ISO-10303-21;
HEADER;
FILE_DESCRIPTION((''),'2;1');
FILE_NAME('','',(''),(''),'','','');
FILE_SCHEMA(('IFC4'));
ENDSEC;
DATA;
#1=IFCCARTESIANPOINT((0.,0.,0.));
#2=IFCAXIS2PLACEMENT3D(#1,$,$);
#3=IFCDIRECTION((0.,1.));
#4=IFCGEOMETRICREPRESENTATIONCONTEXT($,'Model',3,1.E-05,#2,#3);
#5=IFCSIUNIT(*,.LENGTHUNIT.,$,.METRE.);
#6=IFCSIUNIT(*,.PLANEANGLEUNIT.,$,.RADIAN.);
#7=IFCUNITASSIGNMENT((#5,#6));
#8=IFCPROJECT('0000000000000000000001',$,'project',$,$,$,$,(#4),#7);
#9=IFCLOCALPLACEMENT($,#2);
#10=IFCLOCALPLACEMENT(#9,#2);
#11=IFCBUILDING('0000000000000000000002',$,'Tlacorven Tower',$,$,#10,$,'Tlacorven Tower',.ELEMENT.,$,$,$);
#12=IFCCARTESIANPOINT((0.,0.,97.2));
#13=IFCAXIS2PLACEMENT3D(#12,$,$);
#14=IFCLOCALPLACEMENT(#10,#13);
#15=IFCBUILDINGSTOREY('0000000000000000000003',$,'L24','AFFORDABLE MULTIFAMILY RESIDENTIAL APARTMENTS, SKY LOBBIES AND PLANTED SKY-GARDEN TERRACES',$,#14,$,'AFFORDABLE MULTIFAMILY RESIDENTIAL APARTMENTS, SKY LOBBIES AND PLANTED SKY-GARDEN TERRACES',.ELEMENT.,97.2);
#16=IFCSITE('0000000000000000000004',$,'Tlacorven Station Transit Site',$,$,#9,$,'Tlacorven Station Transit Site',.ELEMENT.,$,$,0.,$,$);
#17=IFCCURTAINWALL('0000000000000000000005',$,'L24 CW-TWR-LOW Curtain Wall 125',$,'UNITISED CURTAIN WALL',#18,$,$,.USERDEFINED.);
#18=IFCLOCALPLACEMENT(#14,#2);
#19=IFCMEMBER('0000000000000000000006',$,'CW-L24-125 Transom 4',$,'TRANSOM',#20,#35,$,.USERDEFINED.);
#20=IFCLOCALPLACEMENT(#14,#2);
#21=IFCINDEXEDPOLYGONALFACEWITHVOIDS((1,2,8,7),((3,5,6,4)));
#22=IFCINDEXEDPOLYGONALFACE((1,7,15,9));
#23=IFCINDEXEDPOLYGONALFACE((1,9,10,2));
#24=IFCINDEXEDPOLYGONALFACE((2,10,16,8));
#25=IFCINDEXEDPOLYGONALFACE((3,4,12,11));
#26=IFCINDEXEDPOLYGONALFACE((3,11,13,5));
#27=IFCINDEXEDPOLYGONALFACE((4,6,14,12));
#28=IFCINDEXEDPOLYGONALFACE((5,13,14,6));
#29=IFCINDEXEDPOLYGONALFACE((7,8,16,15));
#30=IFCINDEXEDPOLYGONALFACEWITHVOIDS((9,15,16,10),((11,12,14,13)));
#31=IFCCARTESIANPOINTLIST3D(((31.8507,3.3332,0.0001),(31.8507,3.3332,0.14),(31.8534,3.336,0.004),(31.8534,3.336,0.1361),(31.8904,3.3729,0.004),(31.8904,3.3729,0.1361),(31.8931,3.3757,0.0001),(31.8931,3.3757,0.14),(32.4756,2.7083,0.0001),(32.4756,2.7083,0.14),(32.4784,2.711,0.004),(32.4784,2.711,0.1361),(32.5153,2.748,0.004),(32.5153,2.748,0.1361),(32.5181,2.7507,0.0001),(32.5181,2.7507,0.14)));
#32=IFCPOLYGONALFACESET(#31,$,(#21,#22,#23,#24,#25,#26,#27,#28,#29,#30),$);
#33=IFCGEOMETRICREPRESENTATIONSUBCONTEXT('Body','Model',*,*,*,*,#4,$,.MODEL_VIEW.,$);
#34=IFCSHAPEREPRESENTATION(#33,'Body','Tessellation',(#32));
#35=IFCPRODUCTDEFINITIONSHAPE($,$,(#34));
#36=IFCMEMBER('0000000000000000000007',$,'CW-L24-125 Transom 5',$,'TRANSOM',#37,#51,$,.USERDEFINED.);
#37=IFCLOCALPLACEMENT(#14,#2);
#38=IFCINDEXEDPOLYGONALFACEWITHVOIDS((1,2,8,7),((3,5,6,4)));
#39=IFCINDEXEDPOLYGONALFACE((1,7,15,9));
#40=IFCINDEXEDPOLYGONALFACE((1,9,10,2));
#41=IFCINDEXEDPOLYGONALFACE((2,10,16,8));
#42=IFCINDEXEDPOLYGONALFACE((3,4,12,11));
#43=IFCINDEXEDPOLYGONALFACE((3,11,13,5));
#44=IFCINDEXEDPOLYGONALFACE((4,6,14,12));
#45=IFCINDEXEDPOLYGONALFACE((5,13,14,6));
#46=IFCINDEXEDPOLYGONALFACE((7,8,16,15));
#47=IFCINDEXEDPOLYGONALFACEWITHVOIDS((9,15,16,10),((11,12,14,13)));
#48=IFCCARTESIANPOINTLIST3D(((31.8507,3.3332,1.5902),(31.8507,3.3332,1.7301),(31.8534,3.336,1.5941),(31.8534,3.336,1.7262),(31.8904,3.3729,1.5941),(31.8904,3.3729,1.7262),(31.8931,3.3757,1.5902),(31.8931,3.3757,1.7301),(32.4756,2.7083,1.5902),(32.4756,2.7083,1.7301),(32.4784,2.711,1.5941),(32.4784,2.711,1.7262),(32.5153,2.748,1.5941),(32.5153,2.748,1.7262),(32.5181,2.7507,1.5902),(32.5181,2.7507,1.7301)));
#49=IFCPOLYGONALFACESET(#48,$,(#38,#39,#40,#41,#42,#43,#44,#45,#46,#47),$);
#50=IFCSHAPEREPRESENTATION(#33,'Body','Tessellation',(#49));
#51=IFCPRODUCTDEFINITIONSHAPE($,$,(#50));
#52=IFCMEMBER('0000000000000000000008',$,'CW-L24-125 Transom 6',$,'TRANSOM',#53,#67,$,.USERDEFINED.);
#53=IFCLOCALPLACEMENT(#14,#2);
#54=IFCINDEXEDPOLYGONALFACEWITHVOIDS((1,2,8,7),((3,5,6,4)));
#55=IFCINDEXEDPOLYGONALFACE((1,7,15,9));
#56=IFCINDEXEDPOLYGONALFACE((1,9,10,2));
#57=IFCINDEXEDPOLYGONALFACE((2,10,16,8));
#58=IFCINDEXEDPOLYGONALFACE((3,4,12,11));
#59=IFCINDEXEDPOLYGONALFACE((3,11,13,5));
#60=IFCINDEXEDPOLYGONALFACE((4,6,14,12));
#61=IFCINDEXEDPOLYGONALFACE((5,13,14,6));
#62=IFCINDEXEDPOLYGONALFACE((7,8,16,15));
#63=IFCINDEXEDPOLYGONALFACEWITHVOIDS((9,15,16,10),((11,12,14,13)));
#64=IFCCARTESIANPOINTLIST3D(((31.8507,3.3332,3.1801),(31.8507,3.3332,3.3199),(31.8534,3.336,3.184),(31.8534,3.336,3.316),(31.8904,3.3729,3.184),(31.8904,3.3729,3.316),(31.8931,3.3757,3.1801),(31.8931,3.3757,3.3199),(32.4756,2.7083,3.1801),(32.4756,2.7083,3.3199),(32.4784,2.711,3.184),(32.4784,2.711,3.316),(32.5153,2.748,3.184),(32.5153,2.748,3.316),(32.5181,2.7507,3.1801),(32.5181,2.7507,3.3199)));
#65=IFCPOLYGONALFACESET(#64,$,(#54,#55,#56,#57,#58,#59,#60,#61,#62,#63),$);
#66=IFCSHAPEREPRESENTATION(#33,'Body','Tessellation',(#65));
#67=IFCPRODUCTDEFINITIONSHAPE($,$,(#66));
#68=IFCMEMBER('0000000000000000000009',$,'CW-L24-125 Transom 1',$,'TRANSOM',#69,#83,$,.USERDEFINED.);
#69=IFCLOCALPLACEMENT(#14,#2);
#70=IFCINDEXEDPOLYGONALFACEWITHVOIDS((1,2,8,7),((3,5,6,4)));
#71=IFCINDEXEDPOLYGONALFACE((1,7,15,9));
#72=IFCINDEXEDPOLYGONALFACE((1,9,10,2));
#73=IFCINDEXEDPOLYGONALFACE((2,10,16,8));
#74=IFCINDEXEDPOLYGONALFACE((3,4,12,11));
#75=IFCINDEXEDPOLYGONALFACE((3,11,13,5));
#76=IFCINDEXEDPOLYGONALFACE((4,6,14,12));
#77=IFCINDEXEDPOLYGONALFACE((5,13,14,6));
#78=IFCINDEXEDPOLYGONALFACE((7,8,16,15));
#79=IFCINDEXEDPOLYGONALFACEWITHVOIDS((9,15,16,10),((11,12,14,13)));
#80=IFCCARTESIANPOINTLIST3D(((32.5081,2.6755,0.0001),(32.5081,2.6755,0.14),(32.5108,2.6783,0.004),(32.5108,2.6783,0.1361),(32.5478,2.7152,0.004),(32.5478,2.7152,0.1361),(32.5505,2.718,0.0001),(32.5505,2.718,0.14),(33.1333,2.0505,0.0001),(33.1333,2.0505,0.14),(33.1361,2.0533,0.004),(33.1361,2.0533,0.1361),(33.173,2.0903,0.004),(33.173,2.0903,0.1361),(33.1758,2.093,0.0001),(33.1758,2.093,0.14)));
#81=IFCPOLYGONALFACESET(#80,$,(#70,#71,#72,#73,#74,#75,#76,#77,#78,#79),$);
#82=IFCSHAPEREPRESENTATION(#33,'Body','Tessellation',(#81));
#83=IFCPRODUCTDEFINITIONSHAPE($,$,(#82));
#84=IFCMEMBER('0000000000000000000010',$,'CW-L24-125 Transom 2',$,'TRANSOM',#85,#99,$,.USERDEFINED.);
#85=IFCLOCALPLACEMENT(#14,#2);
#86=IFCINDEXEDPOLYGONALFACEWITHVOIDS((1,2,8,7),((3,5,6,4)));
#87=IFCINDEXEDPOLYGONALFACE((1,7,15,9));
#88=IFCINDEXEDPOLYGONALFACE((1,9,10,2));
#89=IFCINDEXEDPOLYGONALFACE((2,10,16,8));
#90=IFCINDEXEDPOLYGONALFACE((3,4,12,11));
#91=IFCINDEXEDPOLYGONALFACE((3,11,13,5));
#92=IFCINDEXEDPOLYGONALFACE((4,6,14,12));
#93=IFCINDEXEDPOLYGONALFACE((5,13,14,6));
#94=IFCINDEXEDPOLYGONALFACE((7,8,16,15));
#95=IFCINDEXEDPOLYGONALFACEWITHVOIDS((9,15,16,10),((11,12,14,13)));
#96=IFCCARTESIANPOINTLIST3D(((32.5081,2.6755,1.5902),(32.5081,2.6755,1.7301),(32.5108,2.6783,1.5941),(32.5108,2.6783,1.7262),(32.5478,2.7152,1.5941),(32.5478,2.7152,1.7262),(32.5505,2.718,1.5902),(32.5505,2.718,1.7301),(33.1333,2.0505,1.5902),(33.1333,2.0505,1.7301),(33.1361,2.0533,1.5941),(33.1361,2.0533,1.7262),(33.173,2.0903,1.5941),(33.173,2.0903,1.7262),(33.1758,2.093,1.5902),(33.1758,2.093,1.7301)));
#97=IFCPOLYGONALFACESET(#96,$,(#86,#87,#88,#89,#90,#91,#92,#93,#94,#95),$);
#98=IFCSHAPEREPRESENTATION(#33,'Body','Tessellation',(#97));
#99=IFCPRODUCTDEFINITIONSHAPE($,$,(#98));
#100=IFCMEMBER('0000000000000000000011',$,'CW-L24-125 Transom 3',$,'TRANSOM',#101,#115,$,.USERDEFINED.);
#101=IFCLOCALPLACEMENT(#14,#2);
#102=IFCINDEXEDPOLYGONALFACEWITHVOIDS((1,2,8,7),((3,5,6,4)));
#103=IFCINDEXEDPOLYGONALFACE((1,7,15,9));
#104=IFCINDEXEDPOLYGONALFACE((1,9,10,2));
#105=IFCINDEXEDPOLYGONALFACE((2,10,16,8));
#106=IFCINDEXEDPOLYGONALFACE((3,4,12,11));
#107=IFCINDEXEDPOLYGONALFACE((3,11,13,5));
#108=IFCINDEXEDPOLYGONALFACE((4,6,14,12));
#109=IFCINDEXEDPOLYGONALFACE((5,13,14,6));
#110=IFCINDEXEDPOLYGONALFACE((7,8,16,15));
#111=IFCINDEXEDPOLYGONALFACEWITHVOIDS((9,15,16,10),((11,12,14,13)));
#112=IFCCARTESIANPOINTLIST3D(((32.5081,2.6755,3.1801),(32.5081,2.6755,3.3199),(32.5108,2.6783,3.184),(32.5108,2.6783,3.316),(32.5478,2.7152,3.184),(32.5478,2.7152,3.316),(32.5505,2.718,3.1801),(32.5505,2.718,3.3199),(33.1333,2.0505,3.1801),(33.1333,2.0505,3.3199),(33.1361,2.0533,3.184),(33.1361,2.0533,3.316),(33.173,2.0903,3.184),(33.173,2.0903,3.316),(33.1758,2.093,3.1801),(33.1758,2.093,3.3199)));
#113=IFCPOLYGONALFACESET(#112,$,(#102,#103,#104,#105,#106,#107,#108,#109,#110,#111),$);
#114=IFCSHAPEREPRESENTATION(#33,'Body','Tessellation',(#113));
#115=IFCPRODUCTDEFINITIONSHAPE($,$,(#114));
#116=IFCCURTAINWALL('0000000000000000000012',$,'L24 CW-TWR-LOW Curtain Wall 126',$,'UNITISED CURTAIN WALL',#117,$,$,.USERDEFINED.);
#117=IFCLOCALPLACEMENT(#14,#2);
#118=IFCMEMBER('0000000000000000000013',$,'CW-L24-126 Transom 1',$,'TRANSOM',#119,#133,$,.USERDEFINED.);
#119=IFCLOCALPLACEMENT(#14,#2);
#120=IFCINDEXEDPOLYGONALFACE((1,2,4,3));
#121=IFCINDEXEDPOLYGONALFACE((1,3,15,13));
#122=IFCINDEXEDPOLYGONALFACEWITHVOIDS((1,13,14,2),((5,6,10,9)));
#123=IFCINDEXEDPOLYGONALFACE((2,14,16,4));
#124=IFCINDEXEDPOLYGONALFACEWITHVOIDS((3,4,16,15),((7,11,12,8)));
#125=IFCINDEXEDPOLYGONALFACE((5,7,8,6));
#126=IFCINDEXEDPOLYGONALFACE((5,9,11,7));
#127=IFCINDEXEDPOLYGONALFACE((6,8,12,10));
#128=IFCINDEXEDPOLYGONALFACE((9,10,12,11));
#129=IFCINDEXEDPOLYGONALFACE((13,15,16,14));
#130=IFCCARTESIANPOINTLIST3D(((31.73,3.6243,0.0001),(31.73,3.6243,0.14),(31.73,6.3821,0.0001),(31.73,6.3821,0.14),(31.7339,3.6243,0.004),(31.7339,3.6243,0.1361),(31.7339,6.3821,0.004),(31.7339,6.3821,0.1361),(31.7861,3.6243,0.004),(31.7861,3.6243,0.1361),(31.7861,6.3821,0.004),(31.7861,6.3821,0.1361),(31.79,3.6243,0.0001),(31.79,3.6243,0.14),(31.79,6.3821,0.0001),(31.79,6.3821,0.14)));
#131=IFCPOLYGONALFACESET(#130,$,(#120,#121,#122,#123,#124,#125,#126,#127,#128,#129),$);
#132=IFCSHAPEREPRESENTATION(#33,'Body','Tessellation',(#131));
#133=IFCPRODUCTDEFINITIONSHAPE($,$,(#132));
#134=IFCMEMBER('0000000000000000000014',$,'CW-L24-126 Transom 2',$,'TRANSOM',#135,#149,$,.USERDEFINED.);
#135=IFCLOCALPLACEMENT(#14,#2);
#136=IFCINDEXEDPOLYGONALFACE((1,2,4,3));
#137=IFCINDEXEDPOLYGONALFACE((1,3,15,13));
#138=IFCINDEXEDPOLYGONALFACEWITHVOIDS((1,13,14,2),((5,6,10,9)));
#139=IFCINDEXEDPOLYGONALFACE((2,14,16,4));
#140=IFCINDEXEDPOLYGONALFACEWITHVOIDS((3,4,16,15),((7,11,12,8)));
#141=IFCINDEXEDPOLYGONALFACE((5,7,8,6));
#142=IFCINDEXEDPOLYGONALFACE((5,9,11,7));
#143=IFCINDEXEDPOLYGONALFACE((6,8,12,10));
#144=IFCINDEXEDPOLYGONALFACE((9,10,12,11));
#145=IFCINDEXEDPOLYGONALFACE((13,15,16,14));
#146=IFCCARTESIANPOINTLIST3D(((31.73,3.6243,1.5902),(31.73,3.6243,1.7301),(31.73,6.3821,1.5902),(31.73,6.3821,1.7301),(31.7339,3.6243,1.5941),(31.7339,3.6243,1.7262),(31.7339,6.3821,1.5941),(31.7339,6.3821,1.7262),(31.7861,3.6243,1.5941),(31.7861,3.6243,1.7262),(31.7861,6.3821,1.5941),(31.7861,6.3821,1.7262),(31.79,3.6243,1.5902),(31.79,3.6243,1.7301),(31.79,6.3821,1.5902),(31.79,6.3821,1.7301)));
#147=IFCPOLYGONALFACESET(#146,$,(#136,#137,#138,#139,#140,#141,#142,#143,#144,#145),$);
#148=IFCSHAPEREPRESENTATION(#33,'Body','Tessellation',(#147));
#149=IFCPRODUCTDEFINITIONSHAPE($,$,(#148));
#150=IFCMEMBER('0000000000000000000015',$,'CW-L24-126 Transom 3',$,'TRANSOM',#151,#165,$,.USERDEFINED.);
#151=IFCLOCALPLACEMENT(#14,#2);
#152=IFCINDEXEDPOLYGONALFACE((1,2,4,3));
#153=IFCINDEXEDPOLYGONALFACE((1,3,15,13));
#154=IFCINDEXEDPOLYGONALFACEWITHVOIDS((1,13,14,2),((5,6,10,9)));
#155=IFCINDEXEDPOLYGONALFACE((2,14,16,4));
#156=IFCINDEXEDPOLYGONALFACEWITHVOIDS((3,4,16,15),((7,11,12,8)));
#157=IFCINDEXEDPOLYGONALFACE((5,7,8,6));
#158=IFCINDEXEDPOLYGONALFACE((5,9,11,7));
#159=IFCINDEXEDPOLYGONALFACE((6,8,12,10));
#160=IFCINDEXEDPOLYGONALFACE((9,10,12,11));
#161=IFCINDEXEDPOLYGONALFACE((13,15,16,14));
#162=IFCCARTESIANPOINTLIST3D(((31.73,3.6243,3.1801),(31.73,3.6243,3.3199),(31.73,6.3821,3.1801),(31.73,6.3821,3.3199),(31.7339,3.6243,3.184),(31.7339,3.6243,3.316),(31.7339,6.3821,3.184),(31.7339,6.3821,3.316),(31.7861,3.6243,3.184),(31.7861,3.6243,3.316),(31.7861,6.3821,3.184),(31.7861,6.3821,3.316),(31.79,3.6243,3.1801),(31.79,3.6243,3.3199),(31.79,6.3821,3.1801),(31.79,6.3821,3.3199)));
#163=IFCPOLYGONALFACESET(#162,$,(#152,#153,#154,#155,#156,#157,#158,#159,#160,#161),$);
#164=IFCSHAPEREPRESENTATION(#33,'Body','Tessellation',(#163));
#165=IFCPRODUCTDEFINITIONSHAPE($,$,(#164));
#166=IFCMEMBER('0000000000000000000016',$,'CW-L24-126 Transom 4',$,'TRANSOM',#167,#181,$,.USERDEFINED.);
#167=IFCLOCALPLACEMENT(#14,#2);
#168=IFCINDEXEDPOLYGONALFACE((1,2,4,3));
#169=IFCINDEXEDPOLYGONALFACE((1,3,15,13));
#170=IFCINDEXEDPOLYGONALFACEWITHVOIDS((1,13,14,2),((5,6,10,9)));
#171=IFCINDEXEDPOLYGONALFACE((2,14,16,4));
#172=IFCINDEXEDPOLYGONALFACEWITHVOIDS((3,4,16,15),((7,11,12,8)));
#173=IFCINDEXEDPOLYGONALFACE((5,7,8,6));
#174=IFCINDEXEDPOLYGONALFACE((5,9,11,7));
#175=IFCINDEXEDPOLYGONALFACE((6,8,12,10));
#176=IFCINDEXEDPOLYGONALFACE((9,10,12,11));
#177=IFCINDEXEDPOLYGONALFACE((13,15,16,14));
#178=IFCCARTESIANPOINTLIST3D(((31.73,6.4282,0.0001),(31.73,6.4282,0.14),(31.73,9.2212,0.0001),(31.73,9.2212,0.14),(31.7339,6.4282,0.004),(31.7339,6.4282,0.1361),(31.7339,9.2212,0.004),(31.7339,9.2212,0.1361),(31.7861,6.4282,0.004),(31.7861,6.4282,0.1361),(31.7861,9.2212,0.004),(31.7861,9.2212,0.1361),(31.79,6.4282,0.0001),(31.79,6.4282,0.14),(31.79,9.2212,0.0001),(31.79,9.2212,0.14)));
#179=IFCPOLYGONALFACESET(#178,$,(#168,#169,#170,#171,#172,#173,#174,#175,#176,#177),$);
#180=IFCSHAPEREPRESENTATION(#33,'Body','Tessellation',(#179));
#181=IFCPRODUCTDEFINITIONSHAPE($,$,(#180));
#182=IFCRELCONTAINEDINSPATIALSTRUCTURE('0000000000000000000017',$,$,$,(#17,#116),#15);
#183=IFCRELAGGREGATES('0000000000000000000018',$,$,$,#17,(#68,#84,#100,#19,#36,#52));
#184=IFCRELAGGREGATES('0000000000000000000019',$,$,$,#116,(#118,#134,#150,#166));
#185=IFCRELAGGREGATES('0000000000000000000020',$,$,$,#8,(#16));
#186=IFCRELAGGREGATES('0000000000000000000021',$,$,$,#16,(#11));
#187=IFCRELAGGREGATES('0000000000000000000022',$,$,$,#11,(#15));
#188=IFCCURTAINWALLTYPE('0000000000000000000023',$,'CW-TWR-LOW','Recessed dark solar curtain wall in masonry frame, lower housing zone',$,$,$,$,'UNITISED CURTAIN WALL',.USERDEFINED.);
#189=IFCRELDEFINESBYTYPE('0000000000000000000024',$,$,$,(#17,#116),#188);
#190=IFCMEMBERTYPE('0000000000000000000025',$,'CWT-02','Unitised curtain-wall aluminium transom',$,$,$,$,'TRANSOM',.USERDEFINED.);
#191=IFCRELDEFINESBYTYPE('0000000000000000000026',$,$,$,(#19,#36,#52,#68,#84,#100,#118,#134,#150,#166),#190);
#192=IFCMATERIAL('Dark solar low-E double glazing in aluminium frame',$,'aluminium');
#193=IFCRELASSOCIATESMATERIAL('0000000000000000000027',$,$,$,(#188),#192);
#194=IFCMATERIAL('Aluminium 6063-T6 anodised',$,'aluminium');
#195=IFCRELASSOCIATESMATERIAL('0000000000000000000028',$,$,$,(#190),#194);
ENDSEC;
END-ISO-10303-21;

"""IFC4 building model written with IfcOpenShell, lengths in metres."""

from ifc_helpers import new_model, si_unit, direction, frame, origin, origin_2d, place, context, subcontext, project, spatial, hollow_rectangle, extrude, source, transform, mapped, material, material_profile, profile_set, type_object, element, aggregate, save


model = new_model("IFC4")

# Units and contexts
model_context = context("Model", 3, precision=1e-05, world=origin(), true_north=direction((0.0, 1.0)))
body_context = subcontext(model_context, "Body", "Model", "MODEL_VIEW")
ifc_project = project(units=[si_unit("LENGTHUNIT", "METRE"), si_unit("PLANEANGLEUNIT", "RADIAN")], contexts=[model_context])

# Site, building, storey
site_placement = place(None, origin())
site = spatial("IfcSite", under=ifc_project, at=site_placement, Name="Tlacorven Station Transit Site", LongName="Tlacorven Station Transit Site", CompositionType="ELEMENT", RefElevation=0.0)
building_placement = place(site_placement, origin())
building = spatial("IfcBuilding", under=site, at=building_placement, Name="Tlacorven Tower", LongName="Tlacorven Tower", CompositionType="ELEMENT")
storey_placement = place(building_placement, frame((0.0, 0.0, 97.2)))
storey = spatial("IfcBuildingStorey", under=building, at=storey_placement, Name="L24", Description="AFFORDABLE MULTIFAMILY RESIDENTIAL APARTMENTS, SKY LOBBIES AND PLANTED SKY-GARDEN TERRACES", LongName="AFFORDABLE MULTIFAMILY RESIDENTIAL APARTMENTS, SKY LOBBIES AND PLANTED SKY-GARDEN TERRACES", CompositionType="ELEMENT", Elevation=97.2)

# Curtain walls, members
ifc_material_1 = material(Name="Dark solar low-E double glazing in aluminium frame", Category="aluminium")
curtain_wall_type = type_object("IfcCurtainWallType", Name="CW-TWR-LOW", Description="Recessed dark solar curtain wall in masonry frame, lower housing zone", ElementType="UNITISED CURTAIN WALL", PredefinedType="USERDEFINED", material=ifc_material_1)
curtain_wall_1_placement = place(storey_placement, origin())
curtain_wall_1 = element("IfcCurtainWall", 1, at=curtain_wall_1_placement, inside=storey, type_object=curtain_wall_type, Name="L24 CW-TWR-LOW Curtain Wall 125", ObjectType="UNITISED CURTAIN WALL", PredefinedType="USERDEFINED")
ifc_material_2 = material(Name="Aluminium 6063-T6 anodised", Category="aluminium")
ifc_material_profile_1 = material_profile(ifc_material_2, hollow_rectangle(XDim=0.0601, YDim=0.1399, WallThickness=0.0039, at=origin_2d()), Name="ALU TRANSOM 60X140")
ifc_profile_set_1 = profile_set([ifc_material_profile_1], Name="Aluminium 6063-T6 anodised")
member_type_1 = type_object("IfcMemberType", Name="CWT-02", Description="Unitised curtain-wall aluminium transom", ElementType="TRANSOM", PredefinedType="USERDEFINED", material=ifc_profile_set_1)
shared_shape_1 = source(origin(), body_context, "Body", "SweptSolid", [
    extrude(hollow_rectangle(XDim=0.0601, YDim=0.1399, WallThickness=0.0039, at=origin_2d()), origin(), (0.0, 0.0, 1.0), 0.8838),
])
member_1_placement = place(storey_placement, frame((32.4968, 2.7295, 0.0701), z_axis=(-0.707107, 0.707107, 0.0), x_axis=(-0.707107, -0.707107, 0.0)))
member_1 = element("IfcMember", 2, at=member_1_placement, type_object=member_type_1, Name="CW-L24-125 Transom 4", ObjectType="TRANSOM", PredefinedType="USERDEFINED", context=body_context, shape_type="MappedRepresentation", body=[
    mapped(shared_shape_1, transform((0.0, 0.0, 0.0), scale=1.0)),
])
member_2_placement = place(storey_placement, frame((32.4968, 2.7295, 1.6602), z_axis=(-0.707107, 0.707107, 0.0), x_axis=(-0.707107, -0.707107, 0.0)))
member_2 = element("IfcMember", 3, at=member_2_placement, type_object=member_type_1, Name="CW-L24-125 Transom 5", ObjectType="TRANSOM", PredefinedType="USERDEFINED", context=body_context, shape_type="MappedRepresentation", body=[
    mapped(shared_shape_1, transform((0.0, 0.0, 0.0), scale=1.0)),
])
member_3_placement = place(storey_placement, frame((32.4968, 2.7295, 3.25), z_axis=(-0.707107, 0.707107, 0.0), x_axis=(-0.707107, -0.707107, 0.0)))
member_3 = element("IfcMember", 4, at=member_3_placement, type_object=member_type_1, Name="CW-L24-125 Transom 6", ObjectType="TRANSOM", PredefinedType="USERDEFINED", context=body_context, shape_type="MappedRepresentation", body=[
    mapped(shared_shape_1, transform((0.0, 0.0, 0.0), scale=1.0)),
])
shared_shape_2 = source(origin(), body_context, "Body", "SweptSolid", [
    extrude(hollow_rectangle(XDim=0.0601, YDim=0.1399, WallThickness=0.0039, at=origin_2d()), origin(), (0.0, 0.0, 1.0), 0.884),
])
member_4_placement = place(storey_placement, frame((33.1545, 2.0718, 0.0701), z_axis=(-0.707245, 0.706969, 0.0), x_axis=(-0.706969, -0.707245, 0.0)))
member_4 = element("IfcMember", 5, at=member_4_placement, type_object=member_type_1, Name="CW-L24-125 Transom 1", ObjectType="TRANSOM", PredefinedType="USERDEFINED", context=body_context, shape_type="MappedRepresentation", body=[
    mapped(shared_shape_2, transform((0.0, 0.0, 0.0), scale=1.0)),
])
member_5_placement = place(storey_placement, frame((33.1545, 2.0718, 1.6602), z_axis=(-0.707245, 0.706969, 0.0), x_axis=(-0.706969, -0.707245, 0.0)))
member_5 = element("IfcMember", 6, at=member_5_placement, type_object=member_type_1, Name="CW-L24-125 Transom 2", ObjectType="TRANSOM", PredefinedType="USERDEFINED", context=body_context, shape_type="MappedRepresentation", body=[
    mapped(shared_shape_2, transform((0.0, 0.0, 0.0), scale=1.0)),
])
member_6_placement = place(storey_placement, frame((33.1545, 2.0718, 3.25), z_axis=(-0.707245, 0.706969, 0.0), x_axis=(-0.706969, -0.707245, 0.0)))
member_6 = element("IfcMember", 7, at=member_6_placement, type_object=member_type_1, Name="CW-L24-125 Transom 3", ObjectType="TRANSOM", PredefinedType="USERDEFINED", context=body_context, shape_type="MappedRepresentation", body=[
    mapped(shared_shape_2, transform((0.0, 0.0, 0.0), scale=1.0)),
])
curtain_wall_2_placement = place(storey_placement, origin())
curtain_wall_2 = element("IfcCurtainWall", 8, at=curtain_wall_2_placement, inside=storey, type_object=curtain_wall_type, Name="L24 CW-TWR-LOW Curtain Wall 126", ObjectType="UNITISED CURTAIN WALL", PredefinedType="USERDEFINED")
shared_shape_3 = source(origin(), body_context, "Body", "SweptSolid", [
    extrude(hollow_rectangle(XDim=0.0601, YDim=0.1399, WallThickness=0.0039, at=origin_2d()), origin(), (0.0, 0.0, 1.0), 2.7578),
])
member_7_placement = place(storey_placement, frame((31.76, 3.6243, 0.0701), z_axis=(0.0, 1.0, 0.0), x_axis=(-1.0, 0.0, 0.0)))
member_7 = element("IfcMember", 9, at=member_7_placement, type_object=member_type_1, Name="CW-L24-126 Transom 1", ObjectType="TRANSOM", PredefinedType="USERDEFINED", context=body_context, shape_type="MappedRepresentation", body=[
    mapped(shared_shape_3, transform((0.0, 0.0, 0.0), scale=1.0)),
])
member_8_placement = place(storey_placement, frame((31.76, 3.6243, 1.6602), z_axis=(0.0, 1.0, 0.0), x_axis=(-1.0, 0.0, 0.0)))
member_8 = element("IfcMember", 10, at=member_8_placement, type_object=member_type_1, Name="CW-L24-126 Transom 2", ObjectType="TRANSOM", PredefinedType="USERDEFINED", context=body_context, shape_type="MappedRepresentation", body=[
    mapped(shared_shape_3, transform((0.0, 0.0, 0.0), scale=1.0)),
])
member_9_placement = place(storey_placement, frame((31.76, 3.6243, 3.25), z_axis=(0.0, 1.0, 0.0), x_axis=(-1.0, 0.0, 0.0)))
member_9 = element("IfcMember", 11, at=member_9_placement, type_object=member_type_1, Name="CW-L24-126 Transom 3", ObjectType="TRANSOM", PredefinedType="USERDEFINED", context=body_context, shape_type="MappedRepresentation", body=[
    mapped(shared_shape_3, transform((0.0, 0.0, 0.0), scale=1.0)),
])
shared_shape_4 = source(origin(), body_context, "Body", "SweptSolid", [
    extrude(hollow_rectangle(XDim=0.0601, YDim=0.1399, WallThickness=0.0039, at=origin_2d()), origin(), (0.0, 0.0, 1.0), 2.793),
])
member_10_placement = place(storey_placement, frame((31.76, 6.4282, 0.0701), z_axis=(0.0, 1.0, 0.0), x_axis=(-1.0, 0.0, 0.0)))
member_10 = element("IfcMember", 12, at=member_10_placement, type_object=member_type_1, Name="CW-L24-126 Transom 4", ObjectType="TRANSOM", PredefinedType="USERDEFINED", context=body_context, shape_type="MappedRepresentation", body=[
    mapped(shared_shape_4, transform((0.0, 0.0, 0.0), scale=1.0)),
])

aggregate(curtain_wall_1, [member_4, member_5, member_6, member_1, member_2, member_3])
aggregate(curtain_wall_2, [member_7, member_8, member_9, member_10])

save(model, "model.ifc")
